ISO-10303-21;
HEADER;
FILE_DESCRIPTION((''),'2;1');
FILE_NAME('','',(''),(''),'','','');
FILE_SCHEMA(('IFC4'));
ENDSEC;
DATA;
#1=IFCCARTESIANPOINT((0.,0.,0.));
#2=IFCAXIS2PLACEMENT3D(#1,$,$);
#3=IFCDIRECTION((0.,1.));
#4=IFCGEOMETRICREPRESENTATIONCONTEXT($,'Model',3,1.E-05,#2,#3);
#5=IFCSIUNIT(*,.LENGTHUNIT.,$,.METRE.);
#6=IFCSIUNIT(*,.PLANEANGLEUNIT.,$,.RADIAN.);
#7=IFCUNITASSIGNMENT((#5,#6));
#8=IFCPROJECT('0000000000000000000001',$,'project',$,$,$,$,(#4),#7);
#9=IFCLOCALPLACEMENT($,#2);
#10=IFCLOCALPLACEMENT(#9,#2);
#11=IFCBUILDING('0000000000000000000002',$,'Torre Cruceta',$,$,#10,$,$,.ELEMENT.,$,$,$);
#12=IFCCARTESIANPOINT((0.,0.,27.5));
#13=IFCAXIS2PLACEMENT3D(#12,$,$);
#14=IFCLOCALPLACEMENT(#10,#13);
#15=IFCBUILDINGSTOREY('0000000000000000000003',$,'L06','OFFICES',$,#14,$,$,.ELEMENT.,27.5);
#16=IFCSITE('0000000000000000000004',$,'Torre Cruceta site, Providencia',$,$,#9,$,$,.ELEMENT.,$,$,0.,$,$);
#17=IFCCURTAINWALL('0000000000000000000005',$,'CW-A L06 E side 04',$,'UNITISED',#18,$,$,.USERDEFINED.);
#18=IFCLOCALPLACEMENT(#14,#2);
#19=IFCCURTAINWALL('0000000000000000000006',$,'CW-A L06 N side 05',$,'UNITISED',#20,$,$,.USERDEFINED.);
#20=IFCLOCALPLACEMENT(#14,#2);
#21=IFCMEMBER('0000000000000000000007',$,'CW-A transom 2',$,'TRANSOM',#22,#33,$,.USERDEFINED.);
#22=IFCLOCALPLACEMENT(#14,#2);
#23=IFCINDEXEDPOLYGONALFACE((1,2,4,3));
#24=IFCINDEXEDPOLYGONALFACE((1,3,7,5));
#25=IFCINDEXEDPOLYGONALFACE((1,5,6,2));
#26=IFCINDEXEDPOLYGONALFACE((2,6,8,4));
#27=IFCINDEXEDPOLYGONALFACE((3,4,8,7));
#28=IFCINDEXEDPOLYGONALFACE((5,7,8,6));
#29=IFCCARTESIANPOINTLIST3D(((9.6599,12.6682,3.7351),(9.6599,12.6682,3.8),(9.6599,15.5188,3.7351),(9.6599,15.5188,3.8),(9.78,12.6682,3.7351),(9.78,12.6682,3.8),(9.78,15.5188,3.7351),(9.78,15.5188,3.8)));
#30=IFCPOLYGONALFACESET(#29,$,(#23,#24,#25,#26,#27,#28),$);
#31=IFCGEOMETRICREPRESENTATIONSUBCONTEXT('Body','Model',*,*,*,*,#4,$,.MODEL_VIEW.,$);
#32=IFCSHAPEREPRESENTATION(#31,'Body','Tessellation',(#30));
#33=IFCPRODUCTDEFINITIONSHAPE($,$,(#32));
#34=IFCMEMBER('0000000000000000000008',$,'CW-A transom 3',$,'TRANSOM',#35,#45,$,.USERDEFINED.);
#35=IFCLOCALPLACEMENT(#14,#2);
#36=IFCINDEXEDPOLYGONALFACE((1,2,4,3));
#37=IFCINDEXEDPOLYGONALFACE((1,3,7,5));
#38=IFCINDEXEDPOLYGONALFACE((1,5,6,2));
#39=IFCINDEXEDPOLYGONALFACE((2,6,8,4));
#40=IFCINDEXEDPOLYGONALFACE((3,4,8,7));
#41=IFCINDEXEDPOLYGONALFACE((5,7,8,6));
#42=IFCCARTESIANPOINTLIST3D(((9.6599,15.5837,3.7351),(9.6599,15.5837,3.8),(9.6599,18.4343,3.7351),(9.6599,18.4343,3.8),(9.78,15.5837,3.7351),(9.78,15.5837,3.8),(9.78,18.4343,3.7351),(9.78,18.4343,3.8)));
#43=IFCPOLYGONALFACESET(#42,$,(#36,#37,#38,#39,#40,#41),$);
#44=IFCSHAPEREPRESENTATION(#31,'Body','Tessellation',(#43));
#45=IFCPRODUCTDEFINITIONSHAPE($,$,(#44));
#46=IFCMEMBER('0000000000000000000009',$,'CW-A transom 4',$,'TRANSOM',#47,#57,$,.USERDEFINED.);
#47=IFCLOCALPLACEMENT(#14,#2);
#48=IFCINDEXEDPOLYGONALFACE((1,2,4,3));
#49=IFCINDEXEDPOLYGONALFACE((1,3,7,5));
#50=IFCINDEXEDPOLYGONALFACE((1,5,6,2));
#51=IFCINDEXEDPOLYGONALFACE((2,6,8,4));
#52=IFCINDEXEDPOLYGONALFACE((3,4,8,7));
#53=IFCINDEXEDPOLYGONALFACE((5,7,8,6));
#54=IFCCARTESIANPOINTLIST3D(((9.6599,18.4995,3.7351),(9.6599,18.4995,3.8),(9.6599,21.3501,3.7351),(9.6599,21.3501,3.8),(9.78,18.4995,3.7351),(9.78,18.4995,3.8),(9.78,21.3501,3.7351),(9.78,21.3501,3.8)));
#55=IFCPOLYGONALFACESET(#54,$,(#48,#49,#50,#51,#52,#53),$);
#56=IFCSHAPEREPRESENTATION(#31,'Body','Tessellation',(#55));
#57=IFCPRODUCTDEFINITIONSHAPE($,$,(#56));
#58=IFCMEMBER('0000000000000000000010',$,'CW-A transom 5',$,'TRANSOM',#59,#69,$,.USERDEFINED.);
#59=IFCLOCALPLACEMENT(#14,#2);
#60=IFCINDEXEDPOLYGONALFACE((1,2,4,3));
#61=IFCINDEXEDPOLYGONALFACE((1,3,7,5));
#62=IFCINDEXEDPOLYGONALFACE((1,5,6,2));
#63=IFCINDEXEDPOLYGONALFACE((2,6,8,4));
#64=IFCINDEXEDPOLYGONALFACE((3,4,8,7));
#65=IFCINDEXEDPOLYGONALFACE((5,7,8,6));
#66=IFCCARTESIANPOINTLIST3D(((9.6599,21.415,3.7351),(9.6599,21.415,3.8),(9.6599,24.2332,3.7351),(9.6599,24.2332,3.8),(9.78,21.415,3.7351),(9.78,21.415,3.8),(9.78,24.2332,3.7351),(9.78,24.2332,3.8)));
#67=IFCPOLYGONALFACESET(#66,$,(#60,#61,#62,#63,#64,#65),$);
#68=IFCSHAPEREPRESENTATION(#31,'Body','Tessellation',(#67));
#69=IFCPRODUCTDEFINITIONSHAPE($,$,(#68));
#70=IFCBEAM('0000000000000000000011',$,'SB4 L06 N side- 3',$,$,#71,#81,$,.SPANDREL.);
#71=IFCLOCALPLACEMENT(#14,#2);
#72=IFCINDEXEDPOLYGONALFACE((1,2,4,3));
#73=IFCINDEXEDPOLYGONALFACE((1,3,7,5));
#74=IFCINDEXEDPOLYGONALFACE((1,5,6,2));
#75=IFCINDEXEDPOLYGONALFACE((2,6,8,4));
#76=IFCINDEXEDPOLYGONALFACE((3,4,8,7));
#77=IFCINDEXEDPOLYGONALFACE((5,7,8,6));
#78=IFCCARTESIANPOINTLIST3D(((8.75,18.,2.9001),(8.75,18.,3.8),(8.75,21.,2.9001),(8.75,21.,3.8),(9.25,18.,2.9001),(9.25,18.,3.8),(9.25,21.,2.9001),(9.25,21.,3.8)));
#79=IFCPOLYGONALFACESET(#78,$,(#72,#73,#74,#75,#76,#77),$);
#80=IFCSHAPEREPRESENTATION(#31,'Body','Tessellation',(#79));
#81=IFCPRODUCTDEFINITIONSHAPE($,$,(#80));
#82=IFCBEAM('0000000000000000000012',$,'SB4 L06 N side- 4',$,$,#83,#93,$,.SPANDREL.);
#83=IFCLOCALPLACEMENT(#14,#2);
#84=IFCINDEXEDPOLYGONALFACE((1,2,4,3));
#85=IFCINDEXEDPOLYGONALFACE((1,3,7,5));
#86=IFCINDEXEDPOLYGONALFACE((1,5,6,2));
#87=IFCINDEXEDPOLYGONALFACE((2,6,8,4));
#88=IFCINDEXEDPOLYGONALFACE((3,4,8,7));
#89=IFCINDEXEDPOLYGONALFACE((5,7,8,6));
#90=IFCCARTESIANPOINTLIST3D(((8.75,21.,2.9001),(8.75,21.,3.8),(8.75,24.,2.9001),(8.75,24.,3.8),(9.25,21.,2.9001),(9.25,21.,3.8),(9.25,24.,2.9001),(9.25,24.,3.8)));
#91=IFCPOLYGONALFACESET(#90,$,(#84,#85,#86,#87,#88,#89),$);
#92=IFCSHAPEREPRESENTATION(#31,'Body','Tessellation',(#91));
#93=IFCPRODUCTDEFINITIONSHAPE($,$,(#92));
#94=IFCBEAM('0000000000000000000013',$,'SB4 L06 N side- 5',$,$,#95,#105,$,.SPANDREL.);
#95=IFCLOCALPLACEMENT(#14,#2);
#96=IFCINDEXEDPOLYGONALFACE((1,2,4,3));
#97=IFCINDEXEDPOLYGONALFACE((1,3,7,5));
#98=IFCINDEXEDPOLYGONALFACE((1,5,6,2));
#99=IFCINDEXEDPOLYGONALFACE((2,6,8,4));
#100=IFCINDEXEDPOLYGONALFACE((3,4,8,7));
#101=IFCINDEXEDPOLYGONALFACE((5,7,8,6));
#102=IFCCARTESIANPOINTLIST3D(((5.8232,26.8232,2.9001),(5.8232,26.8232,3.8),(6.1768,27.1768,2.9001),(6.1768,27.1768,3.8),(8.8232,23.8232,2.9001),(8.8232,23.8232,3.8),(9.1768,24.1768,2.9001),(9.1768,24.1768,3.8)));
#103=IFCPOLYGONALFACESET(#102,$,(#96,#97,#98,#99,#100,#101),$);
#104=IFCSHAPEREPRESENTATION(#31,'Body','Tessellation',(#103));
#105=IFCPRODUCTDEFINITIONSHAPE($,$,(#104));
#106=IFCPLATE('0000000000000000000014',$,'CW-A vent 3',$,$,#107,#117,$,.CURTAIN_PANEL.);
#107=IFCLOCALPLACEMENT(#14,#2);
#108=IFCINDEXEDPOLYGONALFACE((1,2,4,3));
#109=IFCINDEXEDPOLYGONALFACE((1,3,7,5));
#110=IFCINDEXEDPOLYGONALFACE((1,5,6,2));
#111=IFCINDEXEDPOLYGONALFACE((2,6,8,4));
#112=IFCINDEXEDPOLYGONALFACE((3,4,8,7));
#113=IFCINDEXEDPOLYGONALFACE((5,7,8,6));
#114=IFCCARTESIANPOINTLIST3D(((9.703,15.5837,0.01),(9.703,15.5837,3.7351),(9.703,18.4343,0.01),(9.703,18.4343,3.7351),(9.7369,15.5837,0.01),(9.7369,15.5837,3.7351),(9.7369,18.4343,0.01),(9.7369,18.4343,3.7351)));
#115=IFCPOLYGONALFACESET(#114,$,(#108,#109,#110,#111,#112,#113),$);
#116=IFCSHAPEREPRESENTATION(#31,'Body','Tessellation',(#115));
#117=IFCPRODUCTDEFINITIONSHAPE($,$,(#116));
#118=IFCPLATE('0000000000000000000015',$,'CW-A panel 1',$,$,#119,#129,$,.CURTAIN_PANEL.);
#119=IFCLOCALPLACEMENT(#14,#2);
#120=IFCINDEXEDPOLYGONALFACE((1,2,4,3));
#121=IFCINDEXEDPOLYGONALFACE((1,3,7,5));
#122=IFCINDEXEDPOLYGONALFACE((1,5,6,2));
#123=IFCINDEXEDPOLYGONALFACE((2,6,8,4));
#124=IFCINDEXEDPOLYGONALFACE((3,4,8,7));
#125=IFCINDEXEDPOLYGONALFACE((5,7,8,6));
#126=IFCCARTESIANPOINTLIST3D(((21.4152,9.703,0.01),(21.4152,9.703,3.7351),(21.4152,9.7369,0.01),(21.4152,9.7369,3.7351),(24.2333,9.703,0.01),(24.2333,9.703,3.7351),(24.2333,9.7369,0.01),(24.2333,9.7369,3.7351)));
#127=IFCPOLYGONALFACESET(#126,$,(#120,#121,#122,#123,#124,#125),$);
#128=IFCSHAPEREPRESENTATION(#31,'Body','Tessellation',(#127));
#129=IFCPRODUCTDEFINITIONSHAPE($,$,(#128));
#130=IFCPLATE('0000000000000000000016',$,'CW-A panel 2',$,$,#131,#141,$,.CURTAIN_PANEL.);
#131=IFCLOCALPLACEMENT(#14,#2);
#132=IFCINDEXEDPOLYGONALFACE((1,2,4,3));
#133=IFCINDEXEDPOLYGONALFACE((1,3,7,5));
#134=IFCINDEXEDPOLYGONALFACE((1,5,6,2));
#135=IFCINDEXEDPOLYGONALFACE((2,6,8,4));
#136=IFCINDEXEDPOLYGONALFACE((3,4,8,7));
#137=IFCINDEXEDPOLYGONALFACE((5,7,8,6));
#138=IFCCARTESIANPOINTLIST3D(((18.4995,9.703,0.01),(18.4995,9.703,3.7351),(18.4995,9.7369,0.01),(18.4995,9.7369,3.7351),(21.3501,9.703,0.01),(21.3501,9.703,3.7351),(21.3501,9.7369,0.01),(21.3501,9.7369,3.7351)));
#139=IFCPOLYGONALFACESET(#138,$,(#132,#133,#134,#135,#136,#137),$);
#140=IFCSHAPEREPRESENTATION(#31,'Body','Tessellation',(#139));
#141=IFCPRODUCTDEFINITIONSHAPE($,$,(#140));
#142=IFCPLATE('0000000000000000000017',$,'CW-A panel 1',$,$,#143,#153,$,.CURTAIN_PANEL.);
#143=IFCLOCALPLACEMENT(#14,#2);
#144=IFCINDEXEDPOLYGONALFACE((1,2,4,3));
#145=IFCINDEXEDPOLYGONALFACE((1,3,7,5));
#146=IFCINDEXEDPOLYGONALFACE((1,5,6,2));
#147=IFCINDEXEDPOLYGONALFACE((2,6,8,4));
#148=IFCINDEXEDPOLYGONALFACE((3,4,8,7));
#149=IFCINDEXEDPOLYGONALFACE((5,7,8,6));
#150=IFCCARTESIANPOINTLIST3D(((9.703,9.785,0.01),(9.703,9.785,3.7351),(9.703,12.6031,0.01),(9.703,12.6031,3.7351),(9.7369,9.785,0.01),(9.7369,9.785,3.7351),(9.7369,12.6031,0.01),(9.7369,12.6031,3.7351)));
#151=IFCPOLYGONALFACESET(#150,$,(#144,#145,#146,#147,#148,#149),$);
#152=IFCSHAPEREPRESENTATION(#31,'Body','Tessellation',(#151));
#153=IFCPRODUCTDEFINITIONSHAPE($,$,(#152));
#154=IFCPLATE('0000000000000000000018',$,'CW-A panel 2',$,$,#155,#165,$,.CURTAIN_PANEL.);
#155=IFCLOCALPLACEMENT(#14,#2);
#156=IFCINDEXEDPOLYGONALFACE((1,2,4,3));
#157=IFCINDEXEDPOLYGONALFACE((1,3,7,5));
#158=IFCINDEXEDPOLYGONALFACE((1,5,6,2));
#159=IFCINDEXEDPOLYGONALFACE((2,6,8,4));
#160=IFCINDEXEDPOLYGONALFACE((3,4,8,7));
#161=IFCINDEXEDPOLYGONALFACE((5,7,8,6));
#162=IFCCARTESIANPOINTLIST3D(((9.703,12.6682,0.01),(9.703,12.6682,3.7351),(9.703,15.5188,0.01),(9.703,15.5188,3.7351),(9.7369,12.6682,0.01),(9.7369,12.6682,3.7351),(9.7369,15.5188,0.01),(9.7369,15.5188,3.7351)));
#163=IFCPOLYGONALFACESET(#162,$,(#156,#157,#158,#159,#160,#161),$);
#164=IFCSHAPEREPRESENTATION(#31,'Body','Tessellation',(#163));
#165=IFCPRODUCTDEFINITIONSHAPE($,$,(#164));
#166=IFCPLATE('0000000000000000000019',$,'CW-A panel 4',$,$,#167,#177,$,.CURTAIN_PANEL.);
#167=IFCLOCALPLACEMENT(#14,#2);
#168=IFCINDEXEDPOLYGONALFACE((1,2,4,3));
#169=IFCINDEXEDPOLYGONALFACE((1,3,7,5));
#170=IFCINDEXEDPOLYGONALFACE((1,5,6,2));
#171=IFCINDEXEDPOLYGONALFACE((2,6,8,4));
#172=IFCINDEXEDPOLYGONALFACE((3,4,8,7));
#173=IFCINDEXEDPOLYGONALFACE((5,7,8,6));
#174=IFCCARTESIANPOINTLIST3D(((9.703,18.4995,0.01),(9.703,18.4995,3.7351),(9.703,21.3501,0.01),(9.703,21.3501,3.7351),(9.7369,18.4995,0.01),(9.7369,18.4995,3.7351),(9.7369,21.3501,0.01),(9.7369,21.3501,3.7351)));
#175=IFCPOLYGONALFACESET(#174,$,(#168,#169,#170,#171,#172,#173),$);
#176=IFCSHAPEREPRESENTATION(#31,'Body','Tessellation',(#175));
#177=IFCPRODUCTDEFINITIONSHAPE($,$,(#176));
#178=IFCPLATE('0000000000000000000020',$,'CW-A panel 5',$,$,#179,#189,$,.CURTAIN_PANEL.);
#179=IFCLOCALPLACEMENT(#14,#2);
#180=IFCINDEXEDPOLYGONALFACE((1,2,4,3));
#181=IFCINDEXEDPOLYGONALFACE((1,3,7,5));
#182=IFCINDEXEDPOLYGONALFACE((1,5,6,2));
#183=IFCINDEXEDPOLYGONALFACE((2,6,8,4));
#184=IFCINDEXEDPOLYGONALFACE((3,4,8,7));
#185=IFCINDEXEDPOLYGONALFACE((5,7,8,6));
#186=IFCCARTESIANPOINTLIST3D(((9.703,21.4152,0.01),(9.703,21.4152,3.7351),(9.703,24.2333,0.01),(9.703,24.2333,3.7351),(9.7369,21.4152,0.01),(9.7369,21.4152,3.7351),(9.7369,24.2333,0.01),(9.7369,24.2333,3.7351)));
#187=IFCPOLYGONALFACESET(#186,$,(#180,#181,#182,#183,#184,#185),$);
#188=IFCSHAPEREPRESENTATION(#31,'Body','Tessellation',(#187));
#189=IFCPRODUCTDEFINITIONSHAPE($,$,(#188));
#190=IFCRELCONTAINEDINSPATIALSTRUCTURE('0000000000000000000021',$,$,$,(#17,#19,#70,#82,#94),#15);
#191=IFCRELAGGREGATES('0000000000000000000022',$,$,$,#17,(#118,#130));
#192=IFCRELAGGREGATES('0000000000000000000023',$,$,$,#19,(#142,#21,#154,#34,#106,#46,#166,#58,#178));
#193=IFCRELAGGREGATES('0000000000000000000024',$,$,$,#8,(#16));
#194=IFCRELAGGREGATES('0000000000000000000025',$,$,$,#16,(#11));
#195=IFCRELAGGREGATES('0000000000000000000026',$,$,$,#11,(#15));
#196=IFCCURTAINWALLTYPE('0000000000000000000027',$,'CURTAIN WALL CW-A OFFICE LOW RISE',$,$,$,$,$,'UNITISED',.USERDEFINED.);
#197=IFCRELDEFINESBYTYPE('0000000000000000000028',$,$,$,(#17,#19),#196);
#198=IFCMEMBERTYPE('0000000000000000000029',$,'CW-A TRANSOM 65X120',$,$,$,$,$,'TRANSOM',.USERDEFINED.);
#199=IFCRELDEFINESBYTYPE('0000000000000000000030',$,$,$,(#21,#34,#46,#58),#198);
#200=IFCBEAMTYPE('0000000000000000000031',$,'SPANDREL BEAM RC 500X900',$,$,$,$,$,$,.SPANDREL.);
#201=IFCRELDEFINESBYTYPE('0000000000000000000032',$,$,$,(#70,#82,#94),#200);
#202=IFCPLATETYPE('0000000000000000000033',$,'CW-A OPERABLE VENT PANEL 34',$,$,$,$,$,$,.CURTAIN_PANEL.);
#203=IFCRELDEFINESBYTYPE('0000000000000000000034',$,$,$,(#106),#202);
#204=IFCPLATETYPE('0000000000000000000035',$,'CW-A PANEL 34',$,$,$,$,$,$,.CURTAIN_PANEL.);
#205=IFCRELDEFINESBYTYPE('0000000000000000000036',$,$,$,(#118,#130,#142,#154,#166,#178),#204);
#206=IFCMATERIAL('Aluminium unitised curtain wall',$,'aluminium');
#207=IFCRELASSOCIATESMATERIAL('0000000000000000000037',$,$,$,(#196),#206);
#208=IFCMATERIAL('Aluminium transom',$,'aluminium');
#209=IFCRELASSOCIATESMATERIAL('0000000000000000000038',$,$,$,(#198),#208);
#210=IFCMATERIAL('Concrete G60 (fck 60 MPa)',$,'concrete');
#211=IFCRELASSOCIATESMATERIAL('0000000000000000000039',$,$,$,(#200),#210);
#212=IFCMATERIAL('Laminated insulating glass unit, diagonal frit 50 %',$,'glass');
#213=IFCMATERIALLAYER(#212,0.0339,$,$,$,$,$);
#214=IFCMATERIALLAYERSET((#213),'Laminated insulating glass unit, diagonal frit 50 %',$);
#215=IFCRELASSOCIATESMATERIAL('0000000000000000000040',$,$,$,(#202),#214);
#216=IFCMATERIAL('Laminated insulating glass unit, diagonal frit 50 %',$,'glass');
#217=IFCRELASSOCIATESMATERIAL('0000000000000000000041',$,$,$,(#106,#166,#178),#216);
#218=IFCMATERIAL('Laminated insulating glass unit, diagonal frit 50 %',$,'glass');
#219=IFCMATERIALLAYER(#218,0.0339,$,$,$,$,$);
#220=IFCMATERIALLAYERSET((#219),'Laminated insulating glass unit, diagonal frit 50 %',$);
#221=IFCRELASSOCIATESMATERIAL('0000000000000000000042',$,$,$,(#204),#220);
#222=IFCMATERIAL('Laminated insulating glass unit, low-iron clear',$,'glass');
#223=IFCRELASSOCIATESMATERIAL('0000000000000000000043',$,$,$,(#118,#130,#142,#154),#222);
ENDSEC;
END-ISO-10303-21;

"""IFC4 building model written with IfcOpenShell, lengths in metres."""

from ifc_helpers import new_model, si_unit, direction, frame, origin, origin_2d, place, context, subcontext, project, spatial, rectangle, extrude, material, layer, layer_set, material_profile, profile_set, type_object, element, aggregate, save


model = new_model("IFC4")

# Units and contexts
model_context = context("Model", 3, precision=1e-05, world=origin(), true_north=direction((0.0, 1.0)))
body_context = subcontext(model_context, "Body", "Model", "MODEL_VIEW")
ifc_project = project(units=[si_unit("LENGTHUNIT", "METRE"), si_unit("PLANEANGLEUNIT", "RADIAN")], contexts=[model_context])

# Site, building, storey
site_placement = place(None, origin())
site = spatial("IfcSite", under=ifc_project, at=site_placement, Name="Torre Cruceta site, Providencia", CompositionType="ELEMENT", RefElevation=0.0)
building_placement = place(site_placement, origin())
building = spatial("IfcBuilding", under=site, at=building_placement, Name="Torre Cruceta", CompositionType="ELEMENT")
storey_placement = place(building_placement, frame((0.0, 0.0, 27.5)))
storey = spatial("IfcBuildingStorey", under=building, at=storey_placement, Name="L06", Description="OFFICES", CompositionType="ELEMENT", Elevation=27.5)

# Curtain walls
ifc_material_1 = material(Name="Aluminium unitised curtain wall", Category="aluminium")
curtain_wall_type = type_object("IfcCurtainWallType", Name="CURTAIN WALL CW-A OFFICE LOW RISE", ElementType="UNITISED", PredefinedType="USERDEFINED", material=ifc_material_1)
curtain_wall_1_placement = place(storey_placement, origin())
curtain_wall_1 = element("IfcCurtainWall", 1, at=curtain_wall_1_placement, inside=storey, type_object=curtain_wall_type, Name="CW-A L06 E side 04", ObjectType="UNITISED", PredefinedType="USERDEFINED")
curtain_wall_2_placement = place(storey_placement, origin())
curtain_wall_2 = element("IfcCurtainWall", 2, at=curtain_wall_2_placement, inside=storey, type_object=curtain_wall_type, Name="CW-A L06 N side 05", ObjectType="UNITISED", PredefinedType="USERDEFINED")

# Members
ifc_material_2 = material(Name="Aluminium transom", Category="aluminium")
ifc_material_profile_1 = material_profile(ifc_material_2, rectangle(XDim=0.1201, YDim=0.0649, at=origin_2d()), Name="AL 120X65")
ifc_profile_set_1 = profile_set([ifc_material_profile_1], Name="Aluminium transom")
member_type_1 = type_object("IfcMemberType", Name="CW-A TRANSOM 65X120", ElementType="TRANSOM", PredefinedType="USERDEFINED", material=ifc_profile_set_1)
member_1_placement = place(storey_placement, frame((9.72, 12.6682, 3.7676), z_axis=(0.0, 1.0, 0.0), x_axis=(-1.0, 0.0, 0.0)))
member_1 = element("IfcMember", 3, at=member_1_placement, type_object=member_type_1, Name="CW-A transom 2", ObjectType="TRANSOM", PredefinedType="USERDEFINED", context=body_context, shape_type="SweptSolid", body=[
    extrude(rectangle(XDim=0.1201, YDim=0.0649, at=origin_2d()), origin(), (0.0, 0.0, 1.0), 2.8506),
])
member_2_placement = place(storey_placement, frame((9.72, 15.5837, 3.7676), z_axis=(0.0, 1.0, 0.0), x_axis=(-1.0, 0.0, 0.0)))
member_2 = element("IfcMember", 4, at=member_2_placement, type_object=member_type_1, Name="CW-A transom 3", ObjectType="TRANSOM", PredefinedType="USERDEFINED", context=body_context, shape_type="SweptSolid", body=[
    extrude(rectangle(XDim=0.1201, YDim=0.0649, at=origin_2d()), origin(), (0.0, 0.0, 1.0), 2.8506),
])
member_3_placement = place(storey_placement, frame((9.72, 18.4995, 3.7676), z_axis=(0.0, 1.0, 0.0), x_axis=(-1.0, 0.0, 0.0)))
member_3 = element("IfcMember", 5, at=member_3_placement, type_object=member_type_1, Name="CW-A transom 4", ObjectType="TRANSOM", PredefinedType="USERDEFINED", context=body_context, shape_type="SweptSolid", body=[
    extrude(rectangle(XDim=0.1201, YDim=0.0649, at=origin_2d()), origin(), (0.0, 0.0, 1.0), 2.8506),
])
member_4_placement = place(storey_placement, frame((9.72, 21.415, 3.7676), z_axis=(0.0, 1.0, 0.0), x_axis=(-1.0, 0.0, 0.0)))
member_4 = element("IfcMember", 6, at=member_4_placement, type_object=member_type_1, Name="CW-A transom 5", ObjectType="TRANSOM", PredefinedType="USERDEFINED", context=body_context, shape_type="SweptSolid", body=[
    extrude(rectangle(XDim=0.1201, YDim=0.0649, at=origin_2d()), origin(), (0.0, 0.0, 1.0), 2.8181),
])

# Beams
ifc_material_3 = material(Name="Concrete G60 (fck 60 MPa)", Category="concrete")
ifc_material_profile_2 = material_profile(ifc_material_3, rectangle(XDim=0.5, YDim=0.8999, at=origin_2d()), Name="RC 500X900")
ifc_profile_set_2 = profile_set([ifc_material_profile_2], Name="Concrete G60 (fck 60 MPa)")
beam_type_1 = type_object("IfcBeamType", Name="SPANDREL BEAM RC 500X900", PredefinedType="SPANDREL", material=ifc_profile_set_2)
for number, where, z_axis, x_axis, name in (
    (7, (9.0, 18.0, 3.3501), (0.0, 1.0, 0.0), (-1.0, 0.0, 0.0), "SB4 L06 N side- 3"),
    (8, (9.0, 21.0, 3.3501), (0.0, 1.0, 0.0), (-1.0, 0.0, 0.0), "SB4 L06 N side- 4"),
):
    element("IfcBeam", number, at=place(storey_placement, frame(where, z_axis=z_axis, x_axis=x_axis)), inside=storey, type_object=beam_type_1, Name=name, PredefinedType="SPANDREL", context=body_context, shape_type="SweptSolid", body=[
        extrude(rectangle(XDim=0.5, YDim=0.8999, at=origin_2d()), origin(), (0.0, 0.0, 1.0), 3.0),
    ])
beam_placement = place(storey_placement, frame((9.0, 24.0, 3.3501), z_axis=(-0.707107, 0.707107, 0.0), x_axis=(-0.707107, -0.707107, 0.0)))
element("IfcBeam", 9, at=beam_placement, inside=storey, type_object=beam_type_1, Name="SB4 L06 N side- 5", PredefinedType="SPANDREL", context=body_context, shape_type="SweptSolid", body=[
    extrude(rectangle(XDim=0.5, YDim=0.8999, at=origin_2d()), origin(), (0.0, 0.0, 1.0), 4.2427),
])

# Plates
ifc_material_4 = material(Name="Laminated insulating glass unit, diagonal frit 50 %", Category="glass")
ifc_material_5 = material(Name="Laminated insulating glass unit, diagonal frit 50 %", Category="glass")
ifc_layer_1 = layer(ifc_material_5, 0.0339)
ifc_layer_set_1 = layer_set([ifc_layer_1], Name="Laminated insulating glass unit, diagonal frit 50 %")
plate_type_1 = type_object("IfcPlateType", Name="CW-A OPERABLE VENT PANEL 34", PredefinedType="CURTAIN_PANEL", material=ifc_layer_set_1)
plate_1_placement = place(storey_placement, frame((9.72, 17.009, 0.01), z_axis=(0.0, 0.0, 1.0), x_axis=(0.0, 1.0, 0.0)))
plate_1 = element("IfcPlate", 10, at=plate_1_placement, type_object=plate_type_1, material=ifc_material_4, Name="CW-A vent 3", PredefinedType="CURTAIN_PANEL", context=body_context, shape_type="SweptSolid", body=[
    extrude(rectangle(XDim=2.8506, YDim=0.0339, at=origin_2d()), origin(), (0.0, 0.0, 1.0), 3.7251),
])
ifc_material_6 = material(Name="Laminated insulating glass unit, low-iron clear", Category="glass")
ifc_material_7 = material(Name="Laminated insulating glass unit, diagonal frit 50 %", Category="glass")
ifc_layer_2 = layer(ifc_material_7, 0.0339)
ifc_layer_set_2 = layer_set([ifc_layer_2], Name="Laminated insulating glass unit, diagonal frit 50 %")
plate_type_2 = type_object("IfcPlateType", Name="CW-A PANEL 34", PredefinedType="CURTAIN_PANEL", material=ifc_layer_set_2)
plate_2_placement = place(storey_placement, frame((22.8242, 9.72, 0.01), z_axis=(0.0, 0.0, 1.0), x_axis=(-1.0, 0.0, 0.0)))
plate_2 = element("IfcPlate", 11, at=plate_2_placement, type_object=plate_type_2, material=ifc_material_6, Name="CW-A panel 1", PredefinedType="CURTAIN_PANEL", context=body_context, shape_type="SweptSolid", body=[
    extrude(rectangle(XDim=2.8181, YDim=0.0339, at=origin_2d()), origin(), (0.0, 0.0, 1.0), 3.7251),
])
plate_3_placement = place(storey_placement, frame((19.9248, 9.72, 0.01), z_axis=(0.0, 0.0, 1.0), x_axis=(-1.0, 0.0, 0.0)))
plate_3 = element("IfcPlate", 12, at=plate_3_placement, type_object=plate_type_2, material=ifc_material_6, Name="CW-A panel 2", PredefinedType="CURTAIN_PANEL", context=body_context, shape_type="SweptSolid", body=[
    extrude(rectangle(XDim=2.8506, YDim=0.0339, at=origin_2d()), origin(), (0.0, 0.0, 1.0), 3.7251),
])
aggregate(curtain_wall_1, [plate_2, plate_3])
plate_4_placement = place(storey_placement, frame((9.72, 11.1941, 0.01), z_axis=(0.0, 0.0, 1.0), x_axis=(0.0, 1.0, 0.0)))
plate_4 = element("IfcPlate", 13, at=plate_4_placement, type_object=plate_type_2, material=ifc_material_6, Name="CW-A panel 1", PredefinedType="CURTAIN_PANEL", context=body_context, shape_type="SweptSolid", body=[
    extrude(rectangle(XDim=2.8181, YDim=0.0339, at=origin_2d()), origin(), (0.0, 0.0, 1.0), 3.7251),
])
plate_5_placement = place(storey_placement, frame((9.72, 14.0935, 0.01), z_axis=(0.0, 0.0, 1.0), x_axis=(0.0, 1.0, 0.0)))
plate_5 = element("IfcPlate", 14, at=plate_5_placement, type_object=plate_type_2, material=ifc_material_6, Name="CW-A panel 2", PredefinedType="CURTAIN_PANEL", context=body_context, shape_type="SweptSolid", body=[
    extrude(rectangle(XDim=2.8506, YDim=0.0339, at=origin_2d()), origin(), (0.0, 0.0, 1.0), 3.7251),
])
plate_6_placement = place(storey_placement, frame((9.72, 19.9248, 0.01), z_axis=(0.0, 0.0, 1.0), x_axis=(0.0, 1.0, 0.0)))
plate_6 = element("IfcPlate", 15, at=plate_6_placement, type_object=plate_type_2, material=ifc_material_4, Name="CW-A panel 4", PredefinedType="CURTAIN_PANEL", context=body_context, shape_type="SweptSolid", body=[
    extrude(rectangle(XDim=2.8506, YDim=0.0339, at=origin_2d()), origin(), (0.0, 0.0, 1.0), 3.7251),
])
plate_7_placement = place(storey_placement, frame((9.72, 22.8242, 0.01), z_axis=(0.0, 0.0, 1.0), x_axis=(0.0, 1.0, 0.0)))
plate_7 = element("IfcPlate", 16, at=plate_7_placement, type_object=plate_type_2, material=ifc_material_4, Name="CW-A panel 5", PredefinedType="CURTAIN_PANEL", context=body_context, shape_type="SweptSolid", body=[
    extrude(rectangle(XDim=2.8181, YDim=0.0339, at=origin_2d()), origin(), (0.0, 0.0, 1.0), 3.7251),
])
aggregate(curtain_wall_2, [plate_4, member_1, plate_5, member_2, plate_1, member_3, plate_6, member_4, plate_7])

save(model, "model.ifc")
